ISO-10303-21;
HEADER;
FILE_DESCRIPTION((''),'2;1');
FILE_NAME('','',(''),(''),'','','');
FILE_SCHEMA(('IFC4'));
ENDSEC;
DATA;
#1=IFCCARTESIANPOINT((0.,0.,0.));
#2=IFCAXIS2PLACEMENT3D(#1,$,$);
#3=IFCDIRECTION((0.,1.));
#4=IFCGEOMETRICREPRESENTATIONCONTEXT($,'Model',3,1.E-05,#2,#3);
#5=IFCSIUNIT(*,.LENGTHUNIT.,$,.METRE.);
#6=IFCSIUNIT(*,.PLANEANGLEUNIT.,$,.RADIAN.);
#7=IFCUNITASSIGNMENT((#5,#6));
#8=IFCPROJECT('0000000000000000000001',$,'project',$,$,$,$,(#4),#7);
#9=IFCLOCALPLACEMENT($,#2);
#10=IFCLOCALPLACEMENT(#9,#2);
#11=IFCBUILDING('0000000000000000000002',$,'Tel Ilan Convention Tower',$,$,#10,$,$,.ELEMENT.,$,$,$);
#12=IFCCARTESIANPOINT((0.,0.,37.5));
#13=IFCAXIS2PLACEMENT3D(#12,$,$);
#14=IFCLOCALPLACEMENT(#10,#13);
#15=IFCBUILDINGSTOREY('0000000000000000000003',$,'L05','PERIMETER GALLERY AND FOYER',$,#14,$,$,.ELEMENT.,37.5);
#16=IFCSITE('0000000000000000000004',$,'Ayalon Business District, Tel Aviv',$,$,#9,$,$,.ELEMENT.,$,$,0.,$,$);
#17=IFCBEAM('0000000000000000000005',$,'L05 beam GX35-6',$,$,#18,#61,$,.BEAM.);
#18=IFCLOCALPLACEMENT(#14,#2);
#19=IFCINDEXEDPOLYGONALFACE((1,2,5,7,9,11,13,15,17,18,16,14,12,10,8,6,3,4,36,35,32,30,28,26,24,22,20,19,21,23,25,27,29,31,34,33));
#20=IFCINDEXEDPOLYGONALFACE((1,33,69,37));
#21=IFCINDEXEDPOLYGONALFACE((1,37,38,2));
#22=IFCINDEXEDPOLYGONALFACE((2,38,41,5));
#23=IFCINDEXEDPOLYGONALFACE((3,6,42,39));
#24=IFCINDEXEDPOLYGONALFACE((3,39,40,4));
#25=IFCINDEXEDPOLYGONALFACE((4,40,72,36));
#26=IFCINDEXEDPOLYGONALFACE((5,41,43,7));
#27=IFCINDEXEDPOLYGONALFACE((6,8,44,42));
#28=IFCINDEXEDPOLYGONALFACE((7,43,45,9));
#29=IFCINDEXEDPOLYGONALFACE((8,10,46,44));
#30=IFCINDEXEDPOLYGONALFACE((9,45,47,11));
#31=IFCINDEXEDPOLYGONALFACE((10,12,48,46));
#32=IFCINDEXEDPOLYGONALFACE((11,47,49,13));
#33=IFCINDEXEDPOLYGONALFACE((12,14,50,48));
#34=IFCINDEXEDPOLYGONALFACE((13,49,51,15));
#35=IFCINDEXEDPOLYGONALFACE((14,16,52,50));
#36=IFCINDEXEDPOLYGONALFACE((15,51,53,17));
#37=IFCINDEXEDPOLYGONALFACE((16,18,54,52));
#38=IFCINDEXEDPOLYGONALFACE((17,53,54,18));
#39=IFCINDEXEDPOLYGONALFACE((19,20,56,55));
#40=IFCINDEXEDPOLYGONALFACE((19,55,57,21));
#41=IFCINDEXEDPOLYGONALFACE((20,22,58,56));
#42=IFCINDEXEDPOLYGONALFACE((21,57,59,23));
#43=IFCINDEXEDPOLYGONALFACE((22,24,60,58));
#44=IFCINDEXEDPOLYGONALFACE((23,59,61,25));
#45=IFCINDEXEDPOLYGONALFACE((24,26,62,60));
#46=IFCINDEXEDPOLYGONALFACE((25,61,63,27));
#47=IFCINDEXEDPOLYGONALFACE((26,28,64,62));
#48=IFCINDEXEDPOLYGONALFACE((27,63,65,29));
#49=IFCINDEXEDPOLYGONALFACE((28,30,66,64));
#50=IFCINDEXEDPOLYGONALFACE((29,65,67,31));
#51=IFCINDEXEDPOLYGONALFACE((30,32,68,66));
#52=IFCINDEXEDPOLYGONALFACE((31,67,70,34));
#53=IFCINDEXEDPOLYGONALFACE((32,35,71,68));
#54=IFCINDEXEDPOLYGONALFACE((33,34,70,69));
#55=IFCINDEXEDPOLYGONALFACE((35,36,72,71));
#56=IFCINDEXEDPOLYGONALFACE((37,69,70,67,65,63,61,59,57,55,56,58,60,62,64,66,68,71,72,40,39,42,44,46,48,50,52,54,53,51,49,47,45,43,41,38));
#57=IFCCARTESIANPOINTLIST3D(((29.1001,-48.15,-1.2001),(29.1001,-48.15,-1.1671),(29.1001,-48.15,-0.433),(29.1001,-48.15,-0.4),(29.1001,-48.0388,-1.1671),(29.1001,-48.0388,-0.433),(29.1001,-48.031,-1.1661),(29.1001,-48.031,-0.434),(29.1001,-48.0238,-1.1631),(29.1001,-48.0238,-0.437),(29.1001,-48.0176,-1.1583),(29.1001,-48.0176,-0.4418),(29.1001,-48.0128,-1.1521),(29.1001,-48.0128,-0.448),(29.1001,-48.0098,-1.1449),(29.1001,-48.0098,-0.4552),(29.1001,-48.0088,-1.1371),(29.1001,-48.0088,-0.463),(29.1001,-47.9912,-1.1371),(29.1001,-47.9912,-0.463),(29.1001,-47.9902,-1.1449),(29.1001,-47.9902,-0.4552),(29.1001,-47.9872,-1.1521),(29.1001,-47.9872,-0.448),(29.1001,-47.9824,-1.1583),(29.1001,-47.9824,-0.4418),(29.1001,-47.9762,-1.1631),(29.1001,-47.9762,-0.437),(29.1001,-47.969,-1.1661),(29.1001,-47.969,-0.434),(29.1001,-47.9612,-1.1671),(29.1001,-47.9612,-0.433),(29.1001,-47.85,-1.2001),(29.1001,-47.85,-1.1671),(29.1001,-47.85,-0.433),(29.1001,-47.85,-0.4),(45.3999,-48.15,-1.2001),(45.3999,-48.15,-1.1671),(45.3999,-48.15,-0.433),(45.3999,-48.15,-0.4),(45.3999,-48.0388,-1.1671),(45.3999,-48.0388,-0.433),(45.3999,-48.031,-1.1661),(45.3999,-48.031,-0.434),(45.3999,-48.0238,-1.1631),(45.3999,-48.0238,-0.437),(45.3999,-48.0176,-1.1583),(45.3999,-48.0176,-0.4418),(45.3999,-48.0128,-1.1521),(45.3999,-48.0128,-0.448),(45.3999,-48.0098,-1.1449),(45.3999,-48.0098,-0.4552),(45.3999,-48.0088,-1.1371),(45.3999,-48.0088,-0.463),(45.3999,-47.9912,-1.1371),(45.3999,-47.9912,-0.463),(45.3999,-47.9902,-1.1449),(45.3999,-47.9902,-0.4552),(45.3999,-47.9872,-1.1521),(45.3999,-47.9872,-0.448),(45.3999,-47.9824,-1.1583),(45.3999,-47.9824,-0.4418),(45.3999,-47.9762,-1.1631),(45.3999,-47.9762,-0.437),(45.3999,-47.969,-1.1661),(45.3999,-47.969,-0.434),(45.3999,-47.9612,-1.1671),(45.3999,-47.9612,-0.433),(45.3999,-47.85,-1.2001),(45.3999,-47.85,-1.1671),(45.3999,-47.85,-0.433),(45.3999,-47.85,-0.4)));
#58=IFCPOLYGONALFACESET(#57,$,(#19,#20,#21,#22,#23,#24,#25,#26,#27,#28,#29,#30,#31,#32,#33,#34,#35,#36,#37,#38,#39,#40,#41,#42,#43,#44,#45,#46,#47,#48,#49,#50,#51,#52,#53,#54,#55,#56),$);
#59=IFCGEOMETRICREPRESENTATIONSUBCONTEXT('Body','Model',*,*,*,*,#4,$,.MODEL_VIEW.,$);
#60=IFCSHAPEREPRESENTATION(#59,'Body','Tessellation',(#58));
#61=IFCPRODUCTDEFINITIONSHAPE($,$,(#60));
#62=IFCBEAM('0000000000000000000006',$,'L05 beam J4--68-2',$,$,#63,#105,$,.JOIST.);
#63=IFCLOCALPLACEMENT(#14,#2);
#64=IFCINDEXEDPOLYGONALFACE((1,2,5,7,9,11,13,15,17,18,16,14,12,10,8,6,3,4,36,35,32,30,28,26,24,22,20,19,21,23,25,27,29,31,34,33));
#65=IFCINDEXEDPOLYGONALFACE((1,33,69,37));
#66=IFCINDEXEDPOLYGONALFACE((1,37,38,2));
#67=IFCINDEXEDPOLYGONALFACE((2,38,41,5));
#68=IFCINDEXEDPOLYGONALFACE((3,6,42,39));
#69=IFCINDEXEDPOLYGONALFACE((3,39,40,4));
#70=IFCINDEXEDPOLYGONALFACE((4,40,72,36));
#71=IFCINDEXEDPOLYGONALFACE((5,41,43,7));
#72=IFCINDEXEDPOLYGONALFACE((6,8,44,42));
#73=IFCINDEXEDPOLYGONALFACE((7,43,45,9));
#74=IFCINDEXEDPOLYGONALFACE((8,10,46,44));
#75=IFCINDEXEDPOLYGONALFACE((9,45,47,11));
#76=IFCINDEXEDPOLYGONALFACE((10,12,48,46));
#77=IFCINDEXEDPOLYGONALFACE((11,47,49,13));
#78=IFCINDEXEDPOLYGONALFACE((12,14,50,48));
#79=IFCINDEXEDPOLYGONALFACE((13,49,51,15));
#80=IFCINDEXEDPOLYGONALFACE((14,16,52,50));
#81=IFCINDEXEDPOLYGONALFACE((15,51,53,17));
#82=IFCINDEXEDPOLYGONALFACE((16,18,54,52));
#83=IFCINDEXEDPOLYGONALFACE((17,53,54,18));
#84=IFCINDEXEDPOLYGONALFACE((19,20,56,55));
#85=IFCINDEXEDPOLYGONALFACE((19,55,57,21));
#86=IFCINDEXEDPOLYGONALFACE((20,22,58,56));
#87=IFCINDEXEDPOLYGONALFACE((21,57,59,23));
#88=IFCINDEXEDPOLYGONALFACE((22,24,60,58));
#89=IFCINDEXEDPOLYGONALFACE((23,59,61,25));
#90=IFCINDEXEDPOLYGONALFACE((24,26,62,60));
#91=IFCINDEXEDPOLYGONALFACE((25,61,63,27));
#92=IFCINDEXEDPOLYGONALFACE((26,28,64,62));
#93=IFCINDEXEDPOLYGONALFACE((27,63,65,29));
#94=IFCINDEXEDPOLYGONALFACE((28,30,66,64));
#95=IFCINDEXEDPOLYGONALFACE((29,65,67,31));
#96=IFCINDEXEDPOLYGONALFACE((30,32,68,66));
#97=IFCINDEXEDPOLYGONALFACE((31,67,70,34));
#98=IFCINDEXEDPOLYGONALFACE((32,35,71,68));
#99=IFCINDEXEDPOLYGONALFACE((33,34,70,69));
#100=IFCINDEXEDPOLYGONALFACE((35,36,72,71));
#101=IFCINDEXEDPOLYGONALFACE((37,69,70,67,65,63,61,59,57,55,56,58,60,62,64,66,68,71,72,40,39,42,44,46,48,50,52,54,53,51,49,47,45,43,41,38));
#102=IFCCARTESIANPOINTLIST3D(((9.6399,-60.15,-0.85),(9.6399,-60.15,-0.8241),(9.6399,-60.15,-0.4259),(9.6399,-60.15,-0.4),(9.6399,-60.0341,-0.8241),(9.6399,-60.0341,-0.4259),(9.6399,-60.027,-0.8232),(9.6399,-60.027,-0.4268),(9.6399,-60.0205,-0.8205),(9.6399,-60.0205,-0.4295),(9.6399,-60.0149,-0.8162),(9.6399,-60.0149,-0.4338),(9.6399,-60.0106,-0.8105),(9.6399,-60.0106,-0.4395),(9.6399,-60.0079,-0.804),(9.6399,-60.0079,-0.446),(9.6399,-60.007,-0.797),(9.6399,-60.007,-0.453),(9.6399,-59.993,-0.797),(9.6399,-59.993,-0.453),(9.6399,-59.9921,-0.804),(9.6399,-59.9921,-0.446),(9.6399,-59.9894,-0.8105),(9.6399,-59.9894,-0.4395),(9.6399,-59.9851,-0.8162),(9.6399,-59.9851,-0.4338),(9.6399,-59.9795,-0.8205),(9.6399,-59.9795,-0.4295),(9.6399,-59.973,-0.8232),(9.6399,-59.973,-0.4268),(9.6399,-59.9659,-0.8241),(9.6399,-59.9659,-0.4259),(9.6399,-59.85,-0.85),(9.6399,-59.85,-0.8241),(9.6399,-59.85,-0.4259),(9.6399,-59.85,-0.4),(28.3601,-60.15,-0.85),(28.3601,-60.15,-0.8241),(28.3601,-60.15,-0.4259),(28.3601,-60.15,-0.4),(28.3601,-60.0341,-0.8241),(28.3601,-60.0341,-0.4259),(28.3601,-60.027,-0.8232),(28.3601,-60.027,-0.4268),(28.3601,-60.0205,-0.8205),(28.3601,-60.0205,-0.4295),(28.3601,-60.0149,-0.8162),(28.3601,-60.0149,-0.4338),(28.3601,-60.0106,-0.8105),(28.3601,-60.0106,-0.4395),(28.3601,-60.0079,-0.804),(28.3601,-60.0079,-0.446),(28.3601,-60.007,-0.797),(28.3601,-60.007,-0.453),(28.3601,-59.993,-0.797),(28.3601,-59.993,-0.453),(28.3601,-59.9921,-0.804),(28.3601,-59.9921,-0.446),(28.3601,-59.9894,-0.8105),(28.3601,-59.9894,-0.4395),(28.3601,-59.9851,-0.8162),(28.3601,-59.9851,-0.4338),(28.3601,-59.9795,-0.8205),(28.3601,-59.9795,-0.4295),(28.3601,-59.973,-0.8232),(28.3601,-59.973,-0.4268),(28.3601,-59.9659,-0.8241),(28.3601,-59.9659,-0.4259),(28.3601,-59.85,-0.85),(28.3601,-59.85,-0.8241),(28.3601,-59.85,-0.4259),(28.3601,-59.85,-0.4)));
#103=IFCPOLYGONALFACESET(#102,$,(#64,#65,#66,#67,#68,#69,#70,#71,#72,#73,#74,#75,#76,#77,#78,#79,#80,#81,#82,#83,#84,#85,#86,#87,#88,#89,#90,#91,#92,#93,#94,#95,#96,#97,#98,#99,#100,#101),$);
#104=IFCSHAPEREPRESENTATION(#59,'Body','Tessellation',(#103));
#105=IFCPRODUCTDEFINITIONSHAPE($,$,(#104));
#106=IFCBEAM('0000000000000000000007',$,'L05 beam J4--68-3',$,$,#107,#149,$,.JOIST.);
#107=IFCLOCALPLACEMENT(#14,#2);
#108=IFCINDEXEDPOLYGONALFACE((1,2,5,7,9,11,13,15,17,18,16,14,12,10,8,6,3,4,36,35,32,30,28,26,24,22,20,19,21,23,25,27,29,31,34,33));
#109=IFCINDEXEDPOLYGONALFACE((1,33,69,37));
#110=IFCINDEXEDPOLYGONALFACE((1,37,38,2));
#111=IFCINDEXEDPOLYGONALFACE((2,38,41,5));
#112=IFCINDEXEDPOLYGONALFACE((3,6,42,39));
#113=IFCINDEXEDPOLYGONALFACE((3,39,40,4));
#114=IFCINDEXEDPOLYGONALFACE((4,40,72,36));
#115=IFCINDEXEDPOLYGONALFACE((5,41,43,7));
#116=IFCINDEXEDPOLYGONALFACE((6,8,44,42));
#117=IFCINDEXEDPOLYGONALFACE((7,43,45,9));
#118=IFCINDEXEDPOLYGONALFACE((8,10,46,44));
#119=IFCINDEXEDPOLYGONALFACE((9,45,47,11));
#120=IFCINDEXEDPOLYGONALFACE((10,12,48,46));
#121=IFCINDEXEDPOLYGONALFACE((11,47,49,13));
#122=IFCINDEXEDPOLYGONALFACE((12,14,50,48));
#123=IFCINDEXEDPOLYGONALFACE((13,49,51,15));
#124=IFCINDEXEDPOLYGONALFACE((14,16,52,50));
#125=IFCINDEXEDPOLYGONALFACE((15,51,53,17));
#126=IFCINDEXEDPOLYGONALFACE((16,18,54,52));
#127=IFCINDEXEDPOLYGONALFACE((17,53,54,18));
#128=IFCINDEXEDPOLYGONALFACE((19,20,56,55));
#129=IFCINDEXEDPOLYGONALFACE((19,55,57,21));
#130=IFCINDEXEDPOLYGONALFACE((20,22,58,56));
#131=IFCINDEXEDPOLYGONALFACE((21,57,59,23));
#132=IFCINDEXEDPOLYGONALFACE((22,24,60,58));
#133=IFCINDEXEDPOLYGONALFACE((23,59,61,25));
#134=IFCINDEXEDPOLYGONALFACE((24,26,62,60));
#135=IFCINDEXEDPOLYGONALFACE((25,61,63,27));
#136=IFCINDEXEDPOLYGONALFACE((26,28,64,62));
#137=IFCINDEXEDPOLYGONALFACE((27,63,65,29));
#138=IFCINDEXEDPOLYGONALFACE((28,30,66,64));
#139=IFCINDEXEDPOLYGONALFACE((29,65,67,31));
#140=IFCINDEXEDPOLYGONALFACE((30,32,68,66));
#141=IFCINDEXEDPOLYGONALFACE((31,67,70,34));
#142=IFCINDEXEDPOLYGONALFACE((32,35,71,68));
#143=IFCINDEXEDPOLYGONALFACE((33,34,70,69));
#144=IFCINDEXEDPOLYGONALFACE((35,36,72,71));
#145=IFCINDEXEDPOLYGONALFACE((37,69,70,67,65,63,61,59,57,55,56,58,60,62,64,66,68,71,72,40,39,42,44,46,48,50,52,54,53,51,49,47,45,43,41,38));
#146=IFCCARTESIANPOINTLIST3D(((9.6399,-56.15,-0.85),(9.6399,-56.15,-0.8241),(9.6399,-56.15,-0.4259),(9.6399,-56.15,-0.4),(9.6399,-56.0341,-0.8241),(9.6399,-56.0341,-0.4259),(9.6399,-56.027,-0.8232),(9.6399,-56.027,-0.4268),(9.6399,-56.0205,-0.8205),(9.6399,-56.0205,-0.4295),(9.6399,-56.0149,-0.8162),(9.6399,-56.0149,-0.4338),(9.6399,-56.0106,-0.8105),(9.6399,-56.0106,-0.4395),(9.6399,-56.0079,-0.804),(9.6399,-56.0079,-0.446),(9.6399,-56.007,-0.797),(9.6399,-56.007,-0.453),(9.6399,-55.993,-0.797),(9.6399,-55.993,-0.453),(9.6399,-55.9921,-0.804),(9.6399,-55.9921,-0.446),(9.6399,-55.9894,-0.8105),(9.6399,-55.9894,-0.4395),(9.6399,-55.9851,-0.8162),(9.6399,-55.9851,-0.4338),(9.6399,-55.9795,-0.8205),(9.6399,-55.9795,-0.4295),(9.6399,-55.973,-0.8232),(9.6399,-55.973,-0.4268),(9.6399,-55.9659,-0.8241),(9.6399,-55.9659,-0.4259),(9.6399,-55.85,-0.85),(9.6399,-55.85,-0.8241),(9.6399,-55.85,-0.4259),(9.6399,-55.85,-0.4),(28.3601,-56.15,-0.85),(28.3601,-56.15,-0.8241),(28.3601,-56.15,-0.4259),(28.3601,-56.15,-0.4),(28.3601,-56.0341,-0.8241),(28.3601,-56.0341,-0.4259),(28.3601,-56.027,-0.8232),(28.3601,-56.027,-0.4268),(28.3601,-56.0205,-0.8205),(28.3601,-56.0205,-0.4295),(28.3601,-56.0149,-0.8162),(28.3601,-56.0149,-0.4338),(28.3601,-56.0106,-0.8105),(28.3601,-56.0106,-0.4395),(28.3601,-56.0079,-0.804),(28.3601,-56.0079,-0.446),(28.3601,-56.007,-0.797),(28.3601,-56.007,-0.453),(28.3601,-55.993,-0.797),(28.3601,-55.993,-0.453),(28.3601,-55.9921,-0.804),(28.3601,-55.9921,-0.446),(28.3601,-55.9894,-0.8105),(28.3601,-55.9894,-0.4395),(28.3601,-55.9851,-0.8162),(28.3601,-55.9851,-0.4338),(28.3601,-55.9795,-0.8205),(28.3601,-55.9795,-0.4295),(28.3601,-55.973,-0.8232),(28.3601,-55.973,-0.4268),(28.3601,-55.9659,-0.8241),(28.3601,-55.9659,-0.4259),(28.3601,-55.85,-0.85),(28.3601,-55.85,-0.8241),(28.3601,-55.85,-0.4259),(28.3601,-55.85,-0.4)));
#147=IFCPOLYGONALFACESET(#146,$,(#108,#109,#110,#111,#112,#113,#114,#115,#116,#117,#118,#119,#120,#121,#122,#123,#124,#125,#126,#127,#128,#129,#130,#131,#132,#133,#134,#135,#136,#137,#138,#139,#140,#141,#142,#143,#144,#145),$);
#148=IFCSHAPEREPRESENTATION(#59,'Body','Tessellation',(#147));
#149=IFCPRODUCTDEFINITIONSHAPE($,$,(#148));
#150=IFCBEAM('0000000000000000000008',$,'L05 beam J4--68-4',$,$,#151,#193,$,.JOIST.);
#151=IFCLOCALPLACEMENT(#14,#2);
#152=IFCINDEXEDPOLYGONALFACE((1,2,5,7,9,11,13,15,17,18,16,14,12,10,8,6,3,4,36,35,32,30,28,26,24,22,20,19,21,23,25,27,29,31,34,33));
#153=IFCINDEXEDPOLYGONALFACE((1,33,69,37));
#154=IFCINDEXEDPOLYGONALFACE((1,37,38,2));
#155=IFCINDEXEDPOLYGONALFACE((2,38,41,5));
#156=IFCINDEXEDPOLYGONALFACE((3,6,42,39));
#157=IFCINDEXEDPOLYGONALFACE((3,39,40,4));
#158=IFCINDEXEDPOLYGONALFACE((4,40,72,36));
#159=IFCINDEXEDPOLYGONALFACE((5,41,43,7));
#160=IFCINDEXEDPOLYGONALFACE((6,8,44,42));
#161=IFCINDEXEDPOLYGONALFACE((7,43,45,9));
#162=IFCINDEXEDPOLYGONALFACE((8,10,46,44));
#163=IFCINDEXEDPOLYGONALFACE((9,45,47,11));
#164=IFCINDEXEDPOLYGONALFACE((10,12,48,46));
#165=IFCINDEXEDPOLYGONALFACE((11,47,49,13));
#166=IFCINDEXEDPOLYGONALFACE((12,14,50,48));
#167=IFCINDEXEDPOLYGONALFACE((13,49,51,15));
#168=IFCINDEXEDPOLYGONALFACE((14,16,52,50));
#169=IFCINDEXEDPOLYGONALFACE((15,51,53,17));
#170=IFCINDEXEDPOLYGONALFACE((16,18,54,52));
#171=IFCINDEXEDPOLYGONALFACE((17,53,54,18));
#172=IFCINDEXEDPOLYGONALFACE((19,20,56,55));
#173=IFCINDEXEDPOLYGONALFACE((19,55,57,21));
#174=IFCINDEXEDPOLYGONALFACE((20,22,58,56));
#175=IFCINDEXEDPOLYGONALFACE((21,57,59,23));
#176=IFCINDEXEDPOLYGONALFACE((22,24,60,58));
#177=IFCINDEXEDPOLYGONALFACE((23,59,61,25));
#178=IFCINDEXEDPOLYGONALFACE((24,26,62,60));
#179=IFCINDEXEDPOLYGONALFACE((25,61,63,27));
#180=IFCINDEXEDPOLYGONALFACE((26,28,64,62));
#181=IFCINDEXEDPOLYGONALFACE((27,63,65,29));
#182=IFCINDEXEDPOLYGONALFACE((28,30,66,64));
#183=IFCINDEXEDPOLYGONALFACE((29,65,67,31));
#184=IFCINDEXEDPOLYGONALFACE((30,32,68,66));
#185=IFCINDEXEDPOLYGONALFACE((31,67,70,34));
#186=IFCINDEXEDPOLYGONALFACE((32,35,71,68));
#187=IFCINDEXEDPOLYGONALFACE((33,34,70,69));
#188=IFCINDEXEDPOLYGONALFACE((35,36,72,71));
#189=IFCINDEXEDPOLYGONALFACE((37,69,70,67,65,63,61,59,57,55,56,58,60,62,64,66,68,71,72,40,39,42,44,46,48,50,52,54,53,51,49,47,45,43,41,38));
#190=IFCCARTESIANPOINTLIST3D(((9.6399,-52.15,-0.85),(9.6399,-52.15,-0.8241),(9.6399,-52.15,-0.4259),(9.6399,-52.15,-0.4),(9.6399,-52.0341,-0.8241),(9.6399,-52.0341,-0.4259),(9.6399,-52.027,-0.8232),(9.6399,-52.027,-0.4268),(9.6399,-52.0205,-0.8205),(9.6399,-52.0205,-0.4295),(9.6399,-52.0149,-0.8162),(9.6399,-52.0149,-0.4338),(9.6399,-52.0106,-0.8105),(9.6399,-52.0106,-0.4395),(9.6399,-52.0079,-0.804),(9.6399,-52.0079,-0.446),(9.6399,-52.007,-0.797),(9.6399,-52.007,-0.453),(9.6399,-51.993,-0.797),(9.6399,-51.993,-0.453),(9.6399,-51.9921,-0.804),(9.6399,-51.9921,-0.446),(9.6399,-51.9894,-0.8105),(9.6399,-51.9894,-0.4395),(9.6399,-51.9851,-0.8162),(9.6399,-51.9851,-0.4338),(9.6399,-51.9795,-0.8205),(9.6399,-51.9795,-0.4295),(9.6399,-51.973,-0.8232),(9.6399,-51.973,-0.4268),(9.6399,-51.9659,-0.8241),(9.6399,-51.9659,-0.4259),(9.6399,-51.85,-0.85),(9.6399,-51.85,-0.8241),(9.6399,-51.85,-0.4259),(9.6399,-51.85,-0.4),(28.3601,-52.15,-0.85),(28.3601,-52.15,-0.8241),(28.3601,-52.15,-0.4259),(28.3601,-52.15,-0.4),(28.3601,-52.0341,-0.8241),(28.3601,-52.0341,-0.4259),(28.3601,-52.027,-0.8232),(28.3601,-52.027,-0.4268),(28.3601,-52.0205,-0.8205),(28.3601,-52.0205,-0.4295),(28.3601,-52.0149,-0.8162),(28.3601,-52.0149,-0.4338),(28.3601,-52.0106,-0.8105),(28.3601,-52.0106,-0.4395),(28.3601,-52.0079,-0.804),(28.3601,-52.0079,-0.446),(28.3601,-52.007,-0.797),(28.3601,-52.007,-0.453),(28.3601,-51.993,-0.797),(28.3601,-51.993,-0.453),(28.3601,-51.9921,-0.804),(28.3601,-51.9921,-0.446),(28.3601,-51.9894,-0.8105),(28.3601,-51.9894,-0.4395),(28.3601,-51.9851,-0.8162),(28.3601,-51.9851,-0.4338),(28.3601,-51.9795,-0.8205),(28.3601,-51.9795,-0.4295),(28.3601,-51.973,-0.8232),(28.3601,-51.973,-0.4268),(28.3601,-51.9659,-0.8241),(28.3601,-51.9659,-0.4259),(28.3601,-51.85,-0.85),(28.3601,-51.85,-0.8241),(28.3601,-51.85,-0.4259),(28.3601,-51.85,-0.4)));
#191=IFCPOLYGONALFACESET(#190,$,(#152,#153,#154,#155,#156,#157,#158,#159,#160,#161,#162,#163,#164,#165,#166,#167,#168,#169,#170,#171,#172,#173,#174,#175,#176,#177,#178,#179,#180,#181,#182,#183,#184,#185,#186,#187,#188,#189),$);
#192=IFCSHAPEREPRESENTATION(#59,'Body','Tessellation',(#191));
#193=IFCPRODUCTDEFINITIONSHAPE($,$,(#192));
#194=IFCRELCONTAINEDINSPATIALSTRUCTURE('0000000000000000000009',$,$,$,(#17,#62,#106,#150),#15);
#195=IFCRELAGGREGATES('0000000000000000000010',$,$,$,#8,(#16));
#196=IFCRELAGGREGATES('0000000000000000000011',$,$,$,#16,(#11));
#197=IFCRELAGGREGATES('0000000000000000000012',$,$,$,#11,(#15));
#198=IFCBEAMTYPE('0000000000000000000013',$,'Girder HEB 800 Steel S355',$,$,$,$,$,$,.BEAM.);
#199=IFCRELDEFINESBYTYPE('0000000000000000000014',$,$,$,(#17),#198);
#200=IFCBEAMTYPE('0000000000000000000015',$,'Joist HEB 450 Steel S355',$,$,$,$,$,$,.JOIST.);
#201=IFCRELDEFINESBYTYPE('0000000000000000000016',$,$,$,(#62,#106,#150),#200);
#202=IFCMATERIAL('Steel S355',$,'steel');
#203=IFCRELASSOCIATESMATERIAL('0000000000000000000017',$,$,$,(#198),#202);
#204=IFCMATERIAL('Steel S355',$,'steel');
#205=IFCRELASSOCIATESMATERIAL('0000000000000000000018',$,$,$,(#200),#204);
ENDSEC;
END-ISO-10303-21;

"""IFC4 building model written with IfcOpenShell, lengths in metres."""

from ifc_helpers import new_model, si_unit, direction, frame, origin, origin_2d, place, context, subcontext, project, spatial, i_section, extrude, material, material_profile, profile_set, type_object, element, save


model = new_model("IFC4")

# Units and contexts
model_context = context("Model", 3, precision=1e-05, world=origin(), true_north=direction((0.0, 1.0)))
body_context = subcontext(model_context, "Body", "Model", "MODEL_VIEW")
ifc_project = project(units=[si_unit("LENGTHUNIT", "METRE"), si_unit("PLANEANGLEUNIT", "RADIAN")], contexts=[model_context])

# Site, building, storey
site_placement = place(None, origin())
site = spatial("IfcSite", under=ifc_project, at=site_placement, Name="Ayalon Business District, Tel Aviv", CompositionType="ELEMENT", RefElevation=0.0)
building_placement = place(site_placement, origin())
building = spatial("IfcBuilding", under=site, at=building_placement, Name="Tel Ilan Convention Tower", CompositionType="ELEMENT")
storey_placement = place(building_placement, frame((0.0, 0.0, 37.5)))
storey = spatial("IfcBuildingStorey", under=building, at=storey_placement, Name="L05", Description="PERIMETER GALLERY AND FOYER", CompositionType="ELEMENT", Elevation=37.5)

# Beams
ifc_material_1 = material(Name="Steel S355", Category="steel")
ifc_material_profile_1 = material_profile(ifc_material_1, i_section(OverallWidth=0.3, OverallDepth=0.8, WebThickness=0.0176, FlangeThickness=0.033, FilletRadius=0.03, at=origin_2d()), Name="HEB 800")
ifc_profile_set_1 = profile_set([ifc_material_profile_1], Name="Steel S355")
beam_type_1 = type_object("IfcBeamType", Name="Girder HEB 800 Steel S355", PredefinedType="BEAM", material=ifc_profile_set_1)
beam_1_placement = place(storey_placement, frame((29.1001, -48.0, -0.8), z_axis=(1.0, 0.0, 0.0), x_axis=(0.0, 1.0, 0.0)))
element("IfcBeam", 1, at=beam_1_placement, inside=storey, type_object=beam_type_1, Name="L05 beam GX35-6", PredefinedType="BEAM", context=body_context, shape_type="SweptSolid", body=[
    extrude(i_section(OverallWidth=0.3, OverallDepth=0.8, WebThickness=0.0176, FlangeThickness=0.033, FilletRadius=0.03, at=origin_2d()), origin(), (0.0, 0.0, 1.0), 16.2998),
])
ifc_material_2 = material(Name="Steel S355", Category="steel")
ifc_material_profile_2 = material_profile(ifc_material_2, i_section(OverallWidth=0.3, OverallDepth=0.45, WebThickness=0.0139, FlangeThickness=0.0259, FilletRadius=0.0271, at=origin_2d()), Name="HEB 450")
ifc_profile_set_2 = profile_set([ifc_material_profile_2], Name="Steel S355")
beam_type_2 = type_object("IfcBeamType", Name="Joist HEB 450 Steel S355", PredefinedType="JOIST", material=ifc_profile_set_2)
for number, where, z_axis, x_axis, name in (
    (2, (9.6399, -60.0, -0.625), (1.0, 0.0, 0.0), (0.0, 1.0, 0.0), "L05 beam J4--68-2"),
    (3, (9.6399, -56.0, -0.625), (1.0, 0.0, 0.0), (0.0, 1.0, 0.0), "L05 beam J4--68-3"),
    (4, (9.6399, -52.0, -0.625), (1.0, 0.0, 0.0), (0.0, 1.0, 0.0), "L05 beam J4--68-4"),
):
    element("IfcBeam", number, at=place(storey_placement, frame(where, z_axis=z_axis, x_axis=x_axis)), inside=storey, type_object=beam_type_2, Name=name, PredefinedType="JOIST", context=body_context, shape_type="SweptSolid", body=[
        extrude(i_section(OverallWidth=0.3, OverallDepth=0.45, WebThickness=0.0139, FlangeThickness=0.0259, FilletRadius=0.0271, at=origin_2d()), origin(), (0.0, 0.0, 1.0), 18.7202),
    ])

save(model, "model.ifc")
